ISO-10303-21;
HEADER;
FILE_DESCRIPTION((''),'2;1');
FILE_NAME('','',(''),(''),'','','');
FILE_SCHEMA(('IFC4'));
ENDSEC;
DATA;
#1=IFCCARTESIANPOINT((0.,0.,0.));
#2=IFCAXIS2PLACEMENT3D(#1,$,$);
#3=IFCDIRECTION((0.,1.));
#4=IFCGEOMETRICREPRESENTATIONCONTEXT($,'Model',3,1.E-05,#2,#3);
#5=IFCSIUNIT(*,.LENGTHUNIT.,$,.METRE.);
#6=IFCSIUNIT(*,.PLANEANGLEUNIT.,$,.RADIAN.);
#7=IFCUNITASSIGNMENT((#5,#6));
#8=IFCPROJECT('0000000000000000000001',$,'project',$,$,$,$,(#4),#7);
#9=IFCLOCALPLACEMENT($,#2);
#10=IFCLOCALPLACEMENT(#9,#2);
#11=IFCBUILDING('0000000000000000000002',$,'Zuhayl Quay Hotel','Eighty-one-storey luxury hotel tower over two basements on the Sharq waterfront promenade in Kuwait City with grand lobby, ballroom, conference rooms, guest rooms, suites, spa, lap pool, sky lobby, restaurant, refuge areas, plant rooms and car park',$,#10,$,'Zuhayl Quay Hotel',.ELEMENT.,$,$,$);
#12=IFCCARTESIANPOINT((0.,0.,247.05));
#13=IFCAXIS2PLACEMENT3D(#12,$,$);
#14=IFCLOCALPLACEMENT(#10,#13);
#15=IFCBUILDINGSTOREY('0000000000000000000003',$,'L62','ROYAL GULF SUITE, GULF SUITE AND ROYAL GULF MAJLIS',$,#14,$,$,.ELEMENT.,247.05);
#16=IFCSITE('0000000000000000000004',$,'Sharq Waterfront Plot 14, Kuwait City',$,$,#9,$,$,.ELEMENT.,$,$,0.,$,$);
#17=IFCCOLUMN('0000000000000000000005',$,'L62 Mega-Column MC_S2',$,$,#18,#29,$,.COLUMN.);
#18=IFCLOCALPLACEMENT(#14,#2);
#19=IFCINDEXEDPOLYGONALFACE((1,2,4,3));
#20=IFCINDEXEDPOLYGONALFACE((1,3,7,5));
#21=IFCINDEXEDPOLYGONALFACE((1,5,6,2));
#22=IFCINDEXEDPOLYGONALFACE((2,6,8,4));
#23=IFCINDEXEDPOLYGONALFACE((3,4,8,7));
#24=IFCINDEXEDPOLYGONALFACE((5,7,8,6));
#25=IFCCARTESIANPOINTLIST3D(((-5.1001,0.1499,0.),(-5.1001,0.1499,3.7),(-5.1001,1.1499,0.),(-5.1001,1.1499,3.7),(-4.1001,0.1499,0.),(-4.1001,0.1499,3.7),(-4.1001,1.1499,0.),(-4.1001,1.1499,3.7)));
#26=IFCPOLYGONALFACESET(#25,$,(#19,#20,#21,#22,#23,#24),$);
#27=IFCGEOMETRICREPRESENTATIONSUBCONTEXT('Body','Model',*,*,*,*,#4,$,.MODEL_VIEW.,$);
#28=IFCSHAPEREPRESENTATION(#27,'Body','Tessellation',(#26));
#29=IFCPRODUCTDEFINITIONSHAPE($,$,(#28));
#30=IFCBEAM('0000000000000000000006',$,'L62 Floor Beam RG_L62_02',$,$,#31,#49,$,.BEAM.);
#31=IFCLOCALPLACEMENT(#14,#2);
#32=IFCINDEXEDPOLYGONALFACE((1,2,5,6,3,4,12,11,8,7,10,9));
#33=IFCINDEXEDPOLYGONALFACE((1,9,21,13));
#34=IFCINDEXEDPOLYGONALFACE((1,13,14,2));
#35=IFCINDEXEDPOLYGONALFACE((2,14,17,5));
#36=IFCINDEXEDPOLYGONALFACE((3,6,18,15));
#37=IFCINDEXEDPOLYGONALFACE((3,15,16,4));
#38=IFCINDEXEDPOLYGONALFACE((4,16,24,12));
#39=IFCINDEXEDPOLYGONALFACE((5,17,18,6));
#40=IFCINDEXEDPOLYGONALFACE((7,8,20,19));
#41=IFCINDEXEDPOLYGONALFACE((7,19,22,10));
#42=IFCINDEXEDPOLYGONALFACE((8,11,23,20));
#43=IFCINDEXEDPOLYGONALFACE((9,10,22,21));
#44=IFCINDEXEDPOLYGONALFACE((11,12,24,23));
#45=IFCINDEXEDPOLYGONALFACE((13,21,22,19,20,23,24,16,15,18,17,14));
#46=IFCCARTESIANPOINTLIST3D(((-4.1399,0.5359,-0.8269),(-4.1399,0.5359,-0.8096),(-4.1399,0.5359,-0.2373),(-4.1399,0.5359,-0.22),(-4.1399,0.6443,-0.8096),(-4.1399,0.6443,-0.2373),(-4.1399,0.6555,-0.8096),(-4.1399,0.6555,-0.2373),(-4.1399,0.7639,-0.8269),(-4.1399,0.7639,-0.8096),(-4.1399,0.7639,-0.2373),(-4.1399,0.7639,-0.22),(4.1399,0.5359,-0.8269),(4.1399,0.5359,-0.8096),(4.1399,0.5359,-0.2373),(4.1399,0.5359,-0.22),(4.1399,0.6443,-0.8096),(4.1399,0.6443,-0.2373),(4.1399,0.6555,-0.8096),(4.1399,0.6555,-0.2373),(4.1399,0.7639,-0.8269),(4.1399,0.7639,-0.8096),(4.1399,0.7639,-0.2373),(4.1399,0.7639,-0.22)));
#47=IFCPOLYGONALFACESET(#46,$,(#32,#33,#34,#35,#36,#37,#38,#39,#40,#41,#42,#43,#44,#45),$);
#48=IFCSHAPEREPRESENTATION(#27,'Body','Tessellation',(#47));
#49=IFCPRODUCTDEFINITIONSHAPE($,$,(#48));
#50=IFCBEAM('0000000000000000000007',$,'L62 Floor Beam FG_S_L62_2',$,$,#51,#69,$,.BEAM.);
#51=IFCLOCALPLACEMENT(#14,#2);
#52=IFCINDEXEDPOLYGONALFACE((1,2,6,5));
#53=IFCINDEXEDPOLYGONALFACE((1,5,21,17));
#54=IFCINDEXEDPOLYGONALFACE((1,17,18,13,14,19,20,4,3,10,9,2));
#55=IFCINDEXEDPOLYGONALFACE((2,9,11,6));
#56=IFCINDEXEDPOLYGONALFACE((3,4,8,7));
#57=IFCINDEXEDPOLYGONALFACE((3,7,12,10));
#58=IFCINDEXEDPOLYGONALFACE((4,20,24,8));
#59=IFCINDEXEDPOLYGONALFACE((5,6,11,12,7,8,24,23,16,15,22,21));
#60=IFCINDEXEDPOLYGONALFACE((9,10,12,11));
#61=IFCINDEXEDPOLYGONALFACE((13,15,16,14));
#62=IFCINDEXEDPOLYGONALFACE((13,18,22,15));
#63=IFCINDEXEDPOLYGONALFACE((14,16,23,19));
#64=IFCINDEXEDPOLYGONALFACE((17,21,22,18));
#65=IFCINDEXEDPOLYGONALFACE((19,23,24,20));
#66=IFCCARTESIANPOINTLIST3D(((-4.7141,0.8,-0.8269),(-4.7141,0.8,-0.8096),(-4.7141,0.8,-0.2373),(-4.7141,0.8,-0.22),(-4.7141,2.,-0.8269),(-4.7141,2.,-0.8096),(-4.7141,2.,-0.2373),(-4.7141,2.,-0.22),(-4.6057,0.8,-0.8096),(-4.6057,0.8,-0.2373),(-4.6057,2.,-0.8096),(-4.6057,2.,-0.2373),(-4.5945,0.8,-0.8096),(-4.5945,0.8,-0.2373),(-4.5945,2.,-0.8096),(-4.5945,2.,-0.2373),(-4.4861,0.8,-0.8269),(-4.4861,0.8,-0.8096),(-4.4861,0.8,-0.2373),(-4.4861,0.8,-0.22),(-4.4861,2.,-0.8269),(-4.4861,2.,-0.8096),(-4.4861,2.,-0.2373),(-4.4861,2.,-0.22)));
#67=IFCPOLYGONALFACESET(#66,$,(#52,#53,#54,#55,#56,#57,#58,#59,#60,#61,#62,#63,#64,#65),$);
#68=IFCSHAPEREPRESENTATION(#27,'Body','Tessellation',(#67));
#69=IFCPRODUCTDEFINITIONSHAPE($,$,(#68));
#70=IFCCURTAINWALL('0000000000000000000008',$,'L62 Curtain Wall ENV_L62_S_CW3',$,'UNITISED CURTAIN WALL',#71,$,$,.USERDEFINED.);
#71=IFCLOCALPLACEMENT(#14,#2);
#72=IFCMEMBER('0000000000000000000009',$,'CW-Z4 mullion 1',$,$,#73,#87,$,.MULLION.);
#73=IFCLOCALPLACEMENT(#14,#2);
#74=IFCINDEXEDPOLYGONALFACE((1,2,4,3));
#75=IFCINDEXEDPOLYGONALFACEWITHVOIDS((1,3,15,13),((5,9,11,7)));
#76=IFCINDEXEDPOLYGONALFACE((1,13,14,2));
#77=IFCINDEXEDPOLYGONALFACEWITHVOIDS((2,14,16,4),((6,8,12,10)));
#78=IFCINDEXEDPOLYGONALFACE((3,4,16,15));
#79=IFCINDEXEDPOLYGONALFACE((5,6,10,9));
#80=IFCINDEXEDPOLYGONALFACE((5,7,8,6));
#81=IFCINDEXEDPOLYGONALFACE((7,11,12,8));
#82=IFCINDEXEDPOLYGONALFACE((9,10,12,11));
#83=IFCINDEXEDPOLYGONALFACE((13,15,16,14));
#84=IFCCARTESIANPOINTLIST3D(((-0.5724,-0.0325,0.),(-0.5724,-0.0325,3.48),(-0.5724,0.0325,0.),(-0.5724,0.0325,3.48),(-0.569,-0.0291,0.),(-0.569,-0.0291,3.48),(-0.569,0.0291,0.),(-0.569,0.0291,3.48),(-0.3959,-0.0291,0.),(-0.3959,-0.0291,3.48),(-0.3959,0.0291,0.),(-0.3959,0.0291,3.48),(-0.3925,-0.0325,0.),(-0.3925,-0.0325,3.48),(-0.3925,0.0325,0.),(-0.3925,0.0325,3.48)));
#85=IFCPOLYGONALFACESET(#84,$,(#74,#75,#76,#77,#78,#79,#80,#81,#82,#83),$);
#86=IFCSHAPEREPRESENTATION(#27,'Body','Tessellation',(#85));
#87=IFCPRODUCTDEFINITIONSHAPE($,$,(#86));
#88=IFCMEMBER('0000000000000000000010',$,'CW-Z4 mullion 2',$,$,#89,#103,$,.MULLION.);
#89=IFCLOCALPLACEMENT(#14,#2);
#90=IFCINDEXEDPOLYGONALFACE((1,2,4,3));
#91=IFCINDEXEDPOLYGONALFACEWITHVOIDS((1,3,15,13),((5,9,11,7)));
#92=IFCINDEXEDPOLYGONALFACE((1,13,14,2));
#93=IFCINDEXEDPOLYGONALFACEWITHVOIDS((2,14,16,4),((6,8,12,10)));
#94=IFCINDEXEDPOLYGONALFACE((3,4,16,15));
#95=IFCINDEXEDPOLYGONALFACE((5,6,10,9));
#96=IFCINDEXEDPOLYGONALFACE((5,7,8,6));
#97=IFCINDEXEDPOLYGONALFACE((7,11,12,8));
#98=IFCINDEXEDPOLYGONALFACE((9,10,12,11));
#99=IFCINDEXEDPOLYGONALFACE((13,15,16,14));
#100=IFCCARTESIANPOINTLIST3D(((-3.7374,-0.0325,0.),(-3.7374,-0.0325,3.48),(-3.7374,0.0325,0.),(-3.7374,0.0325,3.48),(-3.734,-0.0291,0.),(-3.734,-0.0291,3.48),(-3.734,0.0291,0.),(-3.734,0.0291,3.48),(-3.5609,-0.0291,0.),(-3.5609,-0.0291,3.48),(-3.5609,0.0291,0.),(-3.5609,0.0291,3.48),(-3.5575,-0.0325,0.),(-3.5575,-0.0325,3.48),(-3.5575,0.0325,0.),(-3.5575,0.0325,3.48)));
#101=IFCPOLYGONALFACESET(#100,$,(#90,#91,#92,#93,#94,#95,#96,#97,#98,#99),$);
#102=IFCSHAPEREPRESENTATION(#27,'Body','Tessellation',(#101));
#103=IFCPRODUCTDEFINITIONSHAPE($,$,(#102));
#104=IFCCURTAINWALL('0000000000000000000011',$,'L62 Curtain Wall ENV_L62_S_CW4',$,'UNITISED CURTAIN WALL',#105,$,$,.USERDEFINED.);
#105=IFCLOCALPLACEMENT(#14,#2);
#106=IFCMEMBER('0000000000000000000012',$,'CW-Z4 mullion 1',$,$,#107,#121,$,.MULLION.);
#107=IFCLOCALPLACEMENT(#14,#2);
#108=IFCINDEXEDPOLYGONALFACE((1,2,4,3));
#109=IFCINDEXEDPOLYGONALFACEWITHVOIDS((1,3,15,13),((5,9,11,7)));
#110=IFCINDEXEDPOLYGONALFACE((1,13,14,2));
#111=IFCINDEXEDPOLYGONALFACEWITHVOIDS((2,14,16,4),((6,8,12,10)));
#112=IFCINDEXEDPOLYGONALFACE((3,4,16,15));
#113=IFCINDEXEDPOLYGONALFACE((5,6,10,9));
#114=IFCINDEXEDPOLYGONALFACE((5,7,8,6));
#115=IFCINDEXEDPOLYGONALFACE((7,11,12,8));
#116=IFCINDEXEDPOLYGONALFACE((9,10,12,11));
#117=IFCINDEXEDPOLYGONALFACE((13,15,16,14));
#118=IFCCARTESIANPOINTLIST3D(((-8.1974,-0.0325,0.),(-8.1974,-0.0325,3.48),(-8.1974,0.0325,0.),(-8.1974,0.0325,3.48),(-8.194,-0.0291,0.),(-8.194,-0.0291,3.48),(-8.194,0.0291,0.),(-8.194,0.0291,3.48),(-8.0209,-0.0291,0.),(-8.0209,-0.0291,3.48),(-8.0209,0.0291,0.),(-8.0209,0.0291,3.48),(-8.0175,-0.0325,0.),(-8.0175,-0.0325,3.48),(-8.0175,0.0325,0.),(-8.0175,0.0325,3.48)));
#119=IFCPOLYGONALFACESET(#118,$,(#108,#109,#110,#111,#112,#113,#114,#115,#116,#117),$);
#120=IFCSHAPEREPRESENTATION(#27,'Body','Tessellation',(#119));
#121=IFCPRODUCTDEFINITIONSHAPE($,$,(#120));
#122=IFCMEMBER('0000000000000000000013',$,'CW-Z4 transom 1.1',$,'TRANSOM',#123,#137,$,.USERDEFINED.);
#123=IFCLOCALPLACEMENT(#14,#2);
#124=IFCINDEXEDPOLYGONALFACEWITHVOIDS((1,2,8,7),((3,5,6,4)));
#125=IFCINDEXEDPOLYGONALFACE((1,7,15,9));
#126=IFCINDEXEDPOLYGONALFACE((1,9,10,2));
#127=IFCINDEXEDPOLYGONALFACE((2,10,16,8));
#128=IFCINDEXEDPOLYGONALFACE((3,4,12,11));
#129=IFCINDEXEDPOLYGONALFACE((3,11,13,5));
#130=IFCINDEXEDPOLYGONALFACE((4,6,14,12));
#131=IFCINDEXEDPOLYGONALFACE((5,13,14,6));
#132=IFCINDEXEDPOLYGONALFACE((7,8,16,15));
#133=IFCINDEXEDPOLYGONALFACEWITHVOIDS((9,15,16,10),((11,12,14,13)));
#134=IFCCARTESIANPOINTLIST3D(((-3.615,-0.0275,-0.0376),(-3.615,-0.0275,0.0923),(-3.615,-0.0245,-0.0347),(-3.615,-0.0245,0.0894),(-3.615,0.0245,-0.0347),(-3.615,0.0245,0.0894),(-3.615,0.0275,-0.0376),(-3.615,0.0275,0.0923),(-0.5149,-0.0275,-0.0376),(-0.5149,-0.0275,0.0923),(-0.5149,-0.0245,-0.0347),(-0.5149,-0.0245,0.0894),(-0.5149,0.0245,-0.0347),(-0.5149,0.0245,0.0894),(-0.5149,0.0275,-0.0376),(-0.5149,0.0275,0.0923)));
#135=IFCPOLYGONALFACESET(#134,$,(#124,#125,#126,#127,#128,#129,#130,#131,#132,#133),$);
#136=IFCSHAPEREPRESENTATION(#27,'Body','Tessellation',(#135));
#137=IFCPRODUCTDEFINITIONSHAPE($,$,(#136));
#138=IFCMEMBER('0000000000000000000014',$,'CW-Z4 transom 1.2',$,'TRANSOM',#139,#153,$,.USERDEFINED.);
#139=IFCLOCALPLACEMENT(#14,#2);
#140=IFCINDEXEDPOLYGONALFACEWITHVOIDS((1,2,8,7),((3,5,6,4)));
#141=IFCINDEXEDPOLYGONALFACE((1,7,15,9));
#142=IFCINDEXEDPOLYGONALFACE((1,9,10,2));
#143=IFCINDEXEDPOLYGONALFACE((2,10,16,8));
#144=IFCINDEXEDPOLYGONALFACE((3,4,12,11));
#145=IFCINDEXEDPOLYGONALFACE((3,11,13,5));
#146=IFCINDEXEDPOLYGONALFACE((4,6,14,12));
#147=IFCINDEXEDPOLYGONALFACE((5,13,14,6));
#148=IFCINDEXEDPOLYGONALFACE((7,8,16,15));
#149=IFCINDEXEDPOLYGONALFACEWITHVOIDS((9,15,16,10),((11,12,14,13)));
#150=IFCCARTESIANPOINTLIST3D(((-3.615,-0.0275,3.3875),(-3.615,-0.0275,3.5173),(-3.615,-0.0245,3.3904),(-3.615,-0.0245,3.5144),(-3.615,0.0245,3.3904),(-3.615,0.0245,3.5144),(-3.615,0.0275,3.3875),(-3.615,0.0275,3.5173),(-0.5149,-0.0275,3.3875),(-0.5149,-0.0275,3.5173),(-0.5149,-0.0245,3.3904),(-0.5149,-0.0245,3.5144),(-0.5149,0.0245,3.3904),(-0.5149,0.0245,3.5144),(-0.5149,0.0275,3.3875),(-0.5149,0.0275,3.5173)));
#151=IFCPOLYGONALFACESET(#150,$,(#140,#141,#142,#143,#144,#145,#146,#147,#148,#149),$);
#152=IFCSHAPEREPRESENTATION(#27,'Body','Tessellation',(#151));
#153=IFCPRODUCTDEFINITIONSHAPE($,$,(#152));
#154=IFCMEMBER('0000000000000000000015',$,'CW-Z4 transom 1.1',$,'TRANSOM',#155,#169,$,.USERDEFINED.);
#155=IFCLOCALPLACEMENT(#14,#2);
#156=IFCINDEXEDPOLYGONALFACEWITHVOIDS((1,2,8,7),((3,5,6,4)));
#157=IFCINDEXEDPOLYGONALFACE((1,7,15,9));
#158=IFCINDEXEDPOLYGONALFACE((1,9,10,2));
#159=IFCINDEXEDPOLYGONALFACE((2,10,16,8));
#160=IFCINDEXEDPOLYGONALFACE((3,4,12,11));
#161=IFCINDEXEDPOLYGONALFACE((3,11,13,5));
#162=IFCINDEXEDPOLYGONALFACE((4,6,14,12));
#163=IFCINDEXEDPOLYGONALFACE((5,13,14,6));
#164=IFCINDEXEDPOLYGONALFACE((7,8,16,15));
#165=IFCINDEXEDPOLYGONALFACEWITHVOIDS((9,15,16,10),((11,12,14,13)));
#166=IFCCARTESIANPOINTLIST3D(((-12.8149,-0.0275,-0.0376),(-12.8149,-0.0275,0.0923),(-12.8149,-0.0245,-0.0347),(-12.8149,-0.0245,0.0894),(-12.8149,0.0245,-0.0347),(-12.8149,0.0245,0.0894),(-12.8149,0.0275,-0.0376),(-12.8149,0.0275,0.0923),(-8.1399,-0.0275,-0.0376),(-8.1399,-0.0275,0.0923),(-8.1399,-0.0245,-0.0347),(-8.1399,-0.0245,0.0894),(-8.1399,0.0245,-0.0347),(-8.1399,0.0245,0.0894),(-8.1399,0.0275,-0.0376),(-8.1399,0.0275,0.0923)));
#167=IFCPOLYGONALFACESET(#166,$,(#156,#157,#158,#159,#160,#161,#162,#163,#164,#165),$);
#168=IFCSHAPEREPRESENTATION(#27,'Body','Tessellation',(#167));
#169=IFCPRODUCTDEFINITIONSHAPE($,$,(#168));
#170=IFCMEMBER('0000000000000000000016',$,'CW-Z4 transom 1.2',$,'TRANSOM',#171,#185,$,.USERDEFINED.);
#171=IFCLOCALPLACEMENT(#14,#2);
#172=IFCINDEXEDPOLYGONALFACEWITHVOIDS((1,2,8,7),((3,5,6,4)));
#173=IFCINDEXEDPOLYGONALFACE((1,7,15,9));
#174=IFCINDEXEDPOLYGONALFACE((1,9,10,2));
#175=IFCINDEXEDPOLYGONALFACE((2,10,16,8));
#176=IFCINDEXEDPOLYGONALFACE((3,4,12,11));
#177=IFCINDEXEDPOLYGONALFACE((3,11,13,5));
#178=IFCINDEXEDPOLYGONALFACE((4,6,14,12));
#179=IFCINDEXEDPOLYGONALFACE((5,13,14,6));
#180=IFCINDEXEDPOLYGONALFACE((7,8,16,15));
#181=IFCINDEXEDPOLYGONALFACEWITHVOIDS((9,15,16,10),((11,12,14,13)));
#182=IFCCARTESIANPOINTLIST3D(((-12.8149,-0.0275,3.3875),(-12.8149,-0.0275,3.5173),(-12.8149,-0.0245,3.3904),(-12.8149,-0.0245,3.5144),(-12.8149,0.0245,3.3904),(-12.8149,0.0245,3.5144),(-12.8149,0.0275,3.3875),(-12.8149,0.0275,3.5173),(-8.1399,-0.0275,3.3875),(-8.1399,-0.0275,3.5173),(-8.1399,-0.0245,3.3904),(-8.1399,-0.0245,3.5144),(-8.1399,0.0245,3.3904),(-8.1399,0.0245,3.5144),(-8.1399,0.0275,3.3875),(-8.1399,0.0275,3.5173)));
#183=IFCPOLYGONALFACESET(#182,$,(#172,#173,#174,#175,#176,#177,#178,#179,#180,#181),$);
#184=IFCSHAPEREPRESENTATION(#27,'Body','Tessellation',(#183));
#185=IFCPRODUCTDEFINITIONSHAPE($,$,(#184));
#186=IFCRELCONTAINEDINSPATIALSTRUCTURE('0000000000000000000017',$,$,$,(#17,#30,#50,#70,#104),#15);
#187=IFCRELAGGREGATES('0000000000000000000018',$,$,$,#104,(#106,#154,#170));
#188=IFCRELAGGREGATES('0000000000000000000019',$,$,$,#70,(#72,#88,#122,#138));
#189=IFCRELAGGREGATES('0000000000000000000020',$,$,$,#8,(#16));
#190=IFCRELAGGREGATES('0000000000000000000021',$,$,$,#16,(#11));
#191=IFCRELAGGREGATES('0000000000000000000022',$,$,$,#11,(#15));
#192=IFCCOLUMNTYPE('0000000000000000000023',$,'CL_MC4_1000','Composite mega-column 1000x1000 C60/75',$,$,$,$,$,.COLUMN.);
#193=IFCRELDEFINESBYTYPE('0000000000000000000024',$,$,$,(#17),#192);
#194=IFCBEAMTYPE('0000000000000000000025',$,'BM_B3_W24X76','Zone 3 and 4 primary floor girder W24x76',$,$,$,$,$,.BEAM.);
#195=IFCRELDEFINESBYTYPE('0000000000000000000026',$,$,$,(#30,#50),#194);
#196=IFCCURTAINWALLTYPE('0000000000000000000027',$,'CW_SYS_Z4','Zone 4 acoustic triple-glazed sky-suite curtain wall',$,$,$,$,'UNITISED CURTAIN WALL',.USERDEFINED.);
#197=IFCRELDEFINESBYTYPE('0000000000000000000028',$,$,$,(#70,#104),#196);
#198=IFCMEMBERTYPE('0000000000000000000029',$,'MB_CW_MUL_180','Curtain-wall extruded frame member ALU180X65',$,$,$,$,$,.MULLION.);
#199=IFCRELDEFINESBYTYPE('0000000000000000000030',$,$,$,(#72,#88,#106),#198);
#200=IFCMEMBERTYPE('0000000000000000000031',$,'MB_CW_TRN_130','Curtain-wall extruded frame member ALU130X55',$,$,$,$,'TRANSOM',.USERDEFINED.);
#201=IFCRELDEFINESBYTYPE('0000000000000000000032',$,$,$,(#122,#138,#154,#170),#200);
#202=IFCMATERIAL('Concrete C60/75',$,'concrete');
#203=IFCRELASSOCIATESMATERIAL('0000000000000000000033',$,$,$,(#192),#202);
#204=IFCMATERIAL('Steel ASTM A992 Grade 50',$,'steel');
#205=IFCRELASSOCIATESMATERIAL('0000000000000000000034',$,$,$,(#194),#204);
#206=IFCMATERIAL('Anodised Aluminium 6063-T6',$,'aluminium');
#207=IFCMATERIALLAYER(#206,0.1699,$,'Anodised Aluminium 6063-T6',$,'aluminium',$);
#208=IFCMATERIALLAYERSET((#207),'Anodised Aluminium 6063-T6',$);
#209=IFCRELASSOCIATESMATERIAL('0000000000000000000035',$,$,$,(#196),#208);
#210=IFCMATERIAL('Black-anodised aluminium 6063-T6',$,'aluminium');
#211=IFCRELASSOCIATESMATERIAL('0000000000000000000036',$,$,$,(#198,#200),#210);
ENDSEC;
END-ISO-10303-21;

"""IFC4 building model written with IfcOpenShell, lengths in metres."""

from ifc_helpers import new_model, si_unit, direction, frame, origin, origin_2d, place, context, subcontext, project, spatial, rectangle, hollow_rectangle, i_section, extrude, material, layer, layer_set, material_profile, profile_set, type_object, element, aggregate, save


model = new_model("IFC4")

# Units and contexts
model_context = context("Model", 3, precision=1e-05, world=origin(), true_north=direction((0.0, 1.0)))
body_context = subcontext(model_context, "Body", "Model", "MODEL_VIEW")
ifc_project = project(units=[si_unit("LENGTHUNIT", "METRE"), si_unit("PLANEANGLEUNIT", "RADIAN")], contexts=[model_context])

# Site, building, storey
site_placement = place(None, origin())
site = spatial("IfcSite", under=ifc_project, at=site_placement, Name="Sharq Waterfront Plot 14, Kuwait City", CompositionType="ELEMENT", RefElevation=0.0)
building_placement = place(site_placement, origin())
building = spatial("IfcBuilding", under=site, at=building_placement, Name="Zuhayl Quay Hotel", Description="Eighty-one-storey luxury hotel tower over two basements on the Sharq waterfront promenade in Kuwait City with grand lobby, ballroom, conference rooms, guest rooms, suites, spa, lap pool, sky lobby, restaurant, refuge areas, plant rooms and car park", LongName="Zuhayl Quay Hotel", CompositionType="ELEMENT")
storey_placement = place(building_placement, frame((0.0, 0.0, 247.05)))
storey = spatial("IfcBuildingStorey", under=building, at=storey_placement, Name="L62", Description="ROYAL GULF SUITE, GULF SUITE AND ROYAL GULF MAJLIS", CompositionType="ELEMENT", Elevation=247.05)

# Column
ifc_material_1 = material(Name="Concrete C60/75", Category="concrete")
ifc_material_profile_1 = material_profile(ifc_material_1, rectangle(XDim=1.0, YDim=1.0, at=origin_2d()), Name="RC1000X1000")
ifc_profile_set_1 = profile_set([ifc_material_profile_1], Name="Concrete C60/75")
column_type = type_object("IfcColumnType", Name="CL_MC4_1000", Description="Composite mega-column 1000x1000 C60/75", PredefinedType="COLUMN", material=ifc_profile_set_1)
column_placement = place(storey_placement, frame((-4.6001, 0.6499, 0.0), z_axis=(0.0, 0.0, 1.0), x_axis=(1.0, 0.0, 0.0)))
element("IfcColumn", 1, at=column_placement, inside=storey, type_object=column_type, Name="L62 Mega-Column MC_S2", PredefinedType="COLUMN", context=body_context, shape_type="SweptSolid", body=[
    extrude(rectangle(XDim=1.0, YDim=1.0, at=origin_2d()), origin(), (0.0, 0.0, 1.0), 3.7),
])

# Beams
ifc_material_2 = material(Name="Steel ASTM A992 Grade 50", Category="steel")
ifc_material_profile_2 = material_profile(ifc_material_2, i_section(OverallWidth=0.228, OverallDepth=0.6069, WebThickness=0.0112, FlangeThickness=0.0173, at=origin_2d()), Name="W24X76")
ifc_profile_set_2 = profile_set([ifc_material_profile_2], Name="Steel ASTM A992 Grade 50")
beam_type = type_object("IfcBeamType", Name="BM_B3_W24X76", Description="Zone 3 and 4 primary floor girder W24x76", PredefinedType="BEAM", material=ifc_profile_set_2)
beam_1_placement = place(storey_placement, frame((-4.1399, 0.6499, -0.5234), z_axis=(1.0, 0.0, 0.0), x_axis=(0.0, 1.0, 0.0)))
element("IfcBeam", 2, at=beam_1_placement, inside=storey, type_object=beam_type, Name="L62 Floor Beam RG_L62_02", PredefinedType="BEAM", context=body_context, shape_type="SweptSolid", body=[
    extrude(i_section(OverallWidth=0.228, OverallDepth=0.6069, WebThickness=0.0112, FlangeThickness=0.0173, at=origin_2d()), origin(), (0.0, 0.0, 1.0), 8.2798),
])
beam_2_placement = place(storey_placement, frame((-4.6001, 0.8, -0.5234), z_axis=(0.0, 1.0, 0.0), x_axis=(-1.0, 0.0, 0.0)))
element("IfcBeam", 3, at=beam_2_placement, inside=storey, type_object=beam_type, Name="L62 Floor Beam FG_S_L62_2", PredefinedType="BEAM", context=body_context, shape_type="SweptSolid", body=[
    extrude(i_section(OverallWidth=0.228, OverallDepth=0.6069, WebThickness=0.0112, FlangeThickness=0.0173, at=origin_2d()), origin(), (0.0, 0.0, 1.0), 1.2),
])

# Curtain wall, members
ifc_material_3 = material(Name="Anodised Aluminium 6063-T6", Category="aluminium")
ifc_layer_1 = layer(ifc_material_3, 0.1699, Name="Anodised Aluminium 6063-T6", Category="aluminium")
ifc_layer_set_1 = layer_set([ifc_layer_1], Name="Anodised Aluminium 6063-T6")
curtain_wall_type = type_object("IfcCurtainWallType", Name="CW_SYS_Z4", Description="Zone 4 acoustic triple-glazed sky-suite curtain wall", ElementType="UNITISED CURTAIN WALL", PredefinedType="USERDEFINED", material=ifc_layer_set_1)
curtain_wall_1_placement = place(storey_placement, origin())
curtain_wall_1 = element("IfcCurtainWall", 4, at=curtain_wall_1_placement, inside=storey, type_object=curtain_wall_type, Name="L62 Curtain Wall ENV_L62_S_CW3", ObjectType="UNITISED CURTAIN WALL", PredefinedType="USERDEFINED")
ifc_material_4 = material(Name="Black-anodised aluminium 6063-T6", Category="aluminium")
ifc_material_profile_3 = material_profile(ifc_material_4, hollow_rectangle(XDim=0.0649, YDim=0.1799, WallThickness=0.0034, at=origin_2d()), Name="ALU180X65")
ifc_profile_set_3 = profile_set([ifc_material_profile_3], Name="Black-anodised aluminium 6063-T6")
member_type_1 = type_object("IfcMemberType", Name="MB_CW_MUL_180", Description="Curtain-wall extruded frame member ALU180X65", PredefinedType="MULLION", material=ifc_profile_set_3)
member_1_placement = place(storey_placement, frame((-0.4824, 0.0, 0.0), z_axis=(0.0, 0.0, 1.0), x_axis=(0.0, -1.0, 0.0)))
member_1 = element("IfcMember", 5, at=member_1_placement, type_object=member_type_1, Name="CW-Z4 mullion 1", PredefinedType="MULLION", context=body_context, shape_type="SweptSolid", body=[
    extrude(hollow_rectangle(XDim=0.0649, YDim=0.1799, WallThickness=0.0034, at=origin_2d()), origin(), (0.0, 0.0, 1.0), 3.48),
])
member_2_placement = place(storey_placement, frame((-3.6475, 0.0, 0.0), z_axis=(0.0, 0.0, 1.0), x_axis=(0.0, -1.0, 0.0)))
member_2 = element("IfcMember", 6, at=member_2_placement, type_object=member_type_1, Name="CW-Z4 mullion 2", PredefinedType="MULLION", context=body_context, shape_type="SweptSolid", body=[
    extrude(hollow_rectangle(XDim=0.0649, YDim=0.1799, WallThickness=0.0034, at=origin_2d()), origin(), (0.0, 0.0, 1.0), 3.48),
])

# Curtain wall, member
curtain_wall_2_placement = place(storey_placement, origin())
curtain_wall_2 = element("IfcCurtainWall", 7, at=curtain_wall_2_placement, inside=storey, type_object=curtain_wall_type, Name="L62 Curtain Wall ENV_L62_S_CW4", ObjectType="UNITISED CURTAIN WALL", PredefinedType="USERDEFINED")
member_3_placement = place(storey_placement, frame((-8.1074, 0.0, 0.0), z_axis=(0.0, 0.0, 1.0), x_axis=(0.0, -1.0, 0.0)))
member_3 = element("IfcMember", 8, at=member_3_placement, type_object=member_type_1, Name="CW-Z4 mullion 1", PredefinedType="MULLION", context=body_context, shape_type="SweptSolid", body=[
    extrude(hollow_rectangle(XDim=0.0649, YDim=0.1799, WallThickness=0.0034, at=origin_2d()), origin(), (0.0, 0.0, 1.0), 3.48),
])

# Members
ifc_material_profile_4 = material_profile(ifc_material_4, hollow_rectangle(XDim=0.0549, YDim=0.1299, WallThickness=0.0029, at=origin_2d()), Name="ALU130X55")
ifc_profile_set_4 = profile_set([ifc_material_profile_4], Name="Black-anodised aluminium 6063-T6")
member_type_2 = type_object("IfcMemberType", Name="MB_CW_TRN_130", Description="Curtain-wall extruded frame member ALU130X55", ElementType="TRANSOM", PredefinedType="USERDEFINED", material=ifc_profile_set_4)
member_4_placement = place(storey_placement, frame((-0.5149, 0.0, 0.0273), z_axis=(-1.0, 0.0, 0.0), x_axis=(0.0, -1.0, 0.0)))
member_4 = element("IfcMember", 9, at=member_4_placement, type_object=member_type_2, Name="CW-Z4 transom 1.1", ObjectType="TRANSOM", PredefinedType="USERDEFINED", context=body_context, shape_type="SweptSolid", body=[
    extrude(hollow_rectangle(XDim=0.0549, YDim=0.1299, WallThickness=0.0029, at=origin_2d()), origin(), (0.0, 0.0, 1.0), 3.1001),
])
member_5_placement = place(storey_placement, frame((-0.5149, 0.0, 3.4524), z_axis=(-1.0, 0.0, 0.0), x_axis=(0.0, -1.0, 0.0)))
member_5 = element("IfcMember", 10, at=member_5_placement, type_object=member_type_2, Name="CW-Z4 transom 1.2", ObjectType="TRANSOM", PredefinedType="USERDEFINED", context=body_context, shape_type="SweptSolid", body=[
    extrude(hollow_rectangle(XDim=0.0549, YDim=0.1299, WallThickness=0.0029, at=origin_2d()), origin(), (0.0, 0.0, 1.0), 3.1001),
])
member_6_placement = place(storey_placement, frame((-8.1399, 0.0, 0.0273), z_axis=(-1.0, 0.0, 0.0), x_axis=(0.0, -1.0, 0.0)))
member_6 = element("IfcMember", 11, at=member_6_placement, type_object=member_type_2, Name="CW-Z4 transom 1.1", ObjectType="TRANSOM", PredefinedType="USERDEFINED", context=body_context, shape_type="SweptSolid", body=[
    extrude(hollow_rectangle(XDim=0.0549, YDim=0.1299, WallThickness=0.0029, at=origin_2d()), origin(), (0.0, 0.0, 1.0), 4.675),
])
member_7_placement = place(storey_placement, frame((-8.1399, 0.0, 3.4524), z_axis=(-1.0, 0.0, 0.0), x_axis=(0.0, -1.0, 0.0)))
member_7 = element("IfcMember", 12, at=member_7_placement, type_object=member_type_2, Name="CW-Z4 transom 1.2", ObjectType="TRANSOM", PredefinedType="USERDEFINED", context=body_context, shape_type="SweptSolid", body=[
    extrude(hollow_rectangle(XDim=0.0549, YDim=0.1299, WallThickness=0.0029, at=origin_2d()), origin(), (0.0, 0.0, 1.0), 4.675),
])
aggregate(curtain_wall_2, [member_3, member_6, member_7])

aggregate(curtain_wall_1, [member_1, member_2, member_4, member_5])

save(model, "model.ifc")
